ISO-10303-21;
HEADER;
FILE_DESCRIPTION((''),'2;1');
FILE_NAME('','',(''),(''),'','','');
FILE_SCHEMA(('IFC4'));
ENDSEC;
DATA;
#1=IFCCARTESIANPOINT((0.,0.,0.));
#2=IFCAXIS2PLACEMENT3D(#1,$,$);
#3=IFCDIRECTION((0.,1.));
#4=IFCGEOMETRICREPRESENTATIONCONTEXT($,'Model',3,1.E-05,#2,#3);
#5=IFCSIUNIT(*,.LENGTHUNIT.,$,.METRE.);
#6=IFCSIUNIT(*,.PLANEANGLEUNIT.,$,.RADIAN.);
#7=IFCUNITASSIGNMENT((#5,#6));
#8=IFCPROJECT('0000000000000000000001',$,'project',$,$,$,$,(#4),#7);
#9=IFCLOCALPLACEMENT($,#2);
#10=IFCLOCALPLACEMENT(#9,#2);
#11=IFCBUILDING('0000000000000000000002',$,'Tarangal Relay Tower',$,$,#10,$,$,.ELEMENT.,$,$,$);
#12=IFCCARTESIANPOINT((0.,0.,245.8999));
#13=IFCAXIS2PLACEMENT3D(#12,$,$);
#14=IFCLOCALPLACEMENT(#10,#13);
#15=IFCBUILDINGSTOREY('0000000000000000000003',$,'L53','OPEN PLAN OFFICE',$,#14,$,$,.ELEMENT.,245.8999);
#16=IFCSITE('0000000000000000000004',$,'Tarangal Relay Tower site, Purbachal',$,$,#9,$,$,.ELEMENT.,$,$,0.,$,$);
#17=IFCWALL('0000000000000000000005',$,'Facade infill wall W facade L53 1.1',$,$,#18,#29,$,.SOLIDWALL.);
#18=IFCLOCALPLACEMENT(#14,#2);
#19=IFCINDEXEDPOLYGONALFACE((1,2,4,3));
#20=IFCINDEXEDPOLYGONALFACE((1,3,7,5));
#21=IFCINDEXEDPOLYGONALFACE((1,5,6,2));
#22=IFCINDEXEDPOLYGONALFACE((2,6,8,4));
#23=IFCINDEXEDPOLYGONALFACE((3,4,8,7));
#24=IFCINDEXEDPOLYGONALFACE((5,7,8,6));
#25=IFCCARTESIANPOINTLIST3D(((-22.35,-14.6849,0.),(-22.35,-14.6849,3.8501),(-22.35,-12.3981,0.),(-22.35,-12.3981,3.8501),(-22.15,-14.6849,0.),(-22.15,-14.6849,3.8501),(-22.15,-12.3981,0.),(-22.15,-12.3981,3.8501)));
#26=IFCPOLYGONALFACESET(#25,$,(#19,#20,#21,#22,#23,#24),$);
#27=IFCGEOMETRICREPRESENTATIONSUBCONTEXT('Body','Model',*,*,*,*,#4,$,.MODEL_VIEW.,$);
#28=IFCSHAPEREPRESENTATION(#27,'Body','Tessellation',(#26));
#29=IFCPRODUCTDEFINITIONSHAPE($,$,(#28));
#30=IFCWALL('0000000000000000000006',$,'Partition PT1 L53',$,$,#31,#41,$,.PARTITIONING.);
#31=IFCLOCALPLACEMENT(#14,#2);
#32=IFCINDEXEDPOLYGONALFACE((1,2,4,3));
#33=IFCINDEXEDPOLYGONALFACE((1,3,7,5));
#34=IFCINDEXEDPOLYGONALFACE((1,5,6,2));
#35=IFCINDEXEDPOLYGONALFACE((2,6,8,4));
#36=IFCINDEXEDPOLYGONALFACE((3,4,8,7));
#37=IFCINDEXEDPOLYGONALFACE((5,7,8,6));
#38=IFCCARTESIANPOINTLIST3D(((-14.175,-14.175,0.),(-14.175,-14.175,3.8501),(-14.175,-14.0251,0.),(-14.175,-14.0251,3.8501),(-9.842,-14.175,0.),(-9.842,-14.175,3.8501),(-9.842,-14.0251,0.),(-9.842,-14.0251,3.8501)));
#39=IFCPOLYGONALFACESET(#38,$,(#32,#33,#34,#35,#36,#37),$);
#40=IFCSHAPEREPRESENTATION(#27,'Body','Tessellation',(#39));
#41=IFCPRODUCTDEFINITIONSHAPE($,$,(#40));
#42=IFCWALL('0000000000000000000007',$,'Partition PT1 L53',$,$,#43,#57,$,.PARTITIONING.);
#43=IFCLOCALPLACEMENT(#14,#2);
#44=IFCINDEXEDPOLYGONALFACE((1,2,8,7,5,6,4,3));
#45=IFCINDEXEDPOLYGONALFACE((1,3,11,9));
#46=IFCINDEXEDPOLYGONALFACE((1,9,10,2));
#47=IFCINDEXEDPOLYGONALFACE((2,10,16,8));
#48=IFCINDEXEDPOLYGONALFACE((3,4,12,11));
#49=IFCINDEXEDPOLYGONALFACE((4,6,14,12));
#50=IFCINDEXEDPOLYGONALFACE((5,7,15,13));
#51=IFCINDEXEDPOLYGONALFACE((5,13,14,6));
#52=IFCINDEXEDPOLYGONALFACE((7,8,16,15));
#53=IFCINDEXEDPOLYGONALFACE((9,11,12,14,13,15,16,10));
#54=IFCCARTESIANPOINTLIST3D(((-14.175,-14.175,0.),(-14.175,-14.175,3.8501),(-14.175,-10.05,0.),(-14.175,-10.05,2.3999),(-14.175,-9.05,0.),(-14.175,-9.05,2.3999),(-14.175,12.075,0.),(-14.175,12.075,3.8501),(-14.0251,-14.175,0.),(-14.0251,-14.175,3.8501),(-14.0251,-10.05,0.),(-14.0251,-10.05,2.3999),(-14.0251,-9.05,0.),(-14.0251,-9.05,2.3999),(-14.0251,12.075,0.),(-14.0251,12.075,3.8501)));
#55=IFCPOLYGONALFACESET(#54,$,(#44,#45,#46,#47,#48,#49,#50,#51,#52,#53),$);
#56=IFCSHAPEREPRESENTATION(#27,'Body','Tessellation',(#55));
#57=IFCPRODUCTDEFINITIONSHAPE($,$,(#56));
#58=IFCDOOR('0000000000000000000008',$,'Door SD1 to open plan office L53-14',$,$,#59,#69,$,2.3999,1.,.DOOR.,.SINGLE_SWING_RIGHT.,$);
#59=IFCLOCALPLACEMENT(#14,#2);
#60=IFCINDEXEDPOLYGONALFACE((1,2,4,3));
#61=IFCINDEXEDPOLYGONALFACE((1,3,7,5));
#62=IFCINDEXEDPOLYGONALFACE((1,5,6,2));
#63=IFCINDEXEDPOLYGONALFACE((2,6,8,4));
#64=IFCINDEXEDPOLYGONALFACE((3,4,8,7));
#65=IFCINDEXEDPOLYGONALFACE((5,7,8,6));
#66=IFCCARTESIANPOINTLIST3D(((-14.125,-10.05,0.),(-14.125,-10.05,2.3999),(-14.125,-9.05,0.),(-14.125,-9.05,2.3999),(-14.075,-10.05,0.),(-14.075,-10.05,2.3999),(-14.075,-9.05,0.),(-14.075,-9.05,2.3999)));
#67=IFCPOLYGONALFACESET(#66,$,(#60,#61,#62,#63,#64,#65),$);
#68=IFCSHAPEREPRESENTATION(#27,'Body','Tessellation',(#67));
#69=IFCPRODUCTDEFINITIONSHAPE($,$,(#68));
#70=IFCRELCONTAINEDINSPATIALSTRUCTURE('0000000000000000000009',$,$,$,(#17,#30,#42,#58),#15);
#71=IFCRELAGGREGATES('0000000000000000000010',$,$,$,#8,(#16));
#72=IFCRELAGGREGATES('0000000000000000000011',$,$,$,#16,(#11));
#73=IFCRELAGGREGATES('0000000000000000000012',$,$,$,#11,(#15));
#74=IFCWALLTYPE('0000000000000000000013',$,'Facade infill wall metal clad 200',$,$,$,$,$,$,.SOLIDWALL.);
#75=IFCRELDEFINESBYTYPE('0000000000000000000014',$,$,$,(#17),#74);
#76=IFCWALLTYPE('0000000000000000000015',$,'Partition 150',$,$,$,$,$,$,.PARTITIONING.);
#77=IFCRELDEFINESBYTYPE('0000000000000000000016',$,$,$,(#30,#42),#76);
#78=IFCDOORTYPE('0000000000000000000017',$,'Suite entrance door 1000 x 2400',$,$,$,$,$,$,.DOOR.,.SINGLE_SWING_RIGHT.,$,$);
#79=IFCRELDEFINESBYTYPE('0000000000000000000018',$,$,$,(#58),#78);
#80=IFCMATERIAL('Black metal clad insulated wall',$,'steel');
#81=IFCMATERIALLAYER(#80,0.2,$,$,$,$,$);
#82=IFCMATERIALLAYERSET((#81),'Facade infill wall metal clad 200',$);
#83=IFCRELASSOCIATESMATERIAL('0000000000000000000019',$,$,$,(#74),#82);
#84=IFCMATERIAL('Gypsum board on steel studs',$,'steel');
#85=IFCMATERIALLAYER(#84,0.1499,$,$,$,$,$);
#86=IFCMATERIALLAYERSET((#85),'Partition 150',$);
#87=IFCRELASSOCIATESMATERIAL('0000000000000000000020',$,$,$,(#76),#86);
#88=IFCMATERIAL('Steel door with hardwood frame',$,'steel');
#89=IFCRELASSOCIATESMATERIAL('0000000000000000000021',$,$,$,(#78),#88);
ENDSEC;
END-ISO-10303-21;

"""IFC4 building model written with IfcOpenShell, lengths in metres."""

from ifc_helpers import new_model, si_unit, direction, frame, frame_2d, origin, place, context, subcontext, project, spatial, rectangle, extrude, material, layer, layer_set, type_object, element, fill, save


model = new_model("IFC4")

# Units and contexts
model_context = context("Model", 3, precision=1e-05, world=origin(), true_north=direction((0.0, 1.0)))
body_context = subcontext(model_context, "Body", "Model", "MODEL_VIEW")
ifc_project = project(units=[si_unit("LENGTHUNIT", "METRE"), si_unit("PLANEANGLEUNIT", "RADIAN")], contexts=[model_context])

# Site, building, storey
site_placement = place(None, origin())
site = spatial("IfcSite", under=ifc_project, at=site_placement, Name="Tarangal Relay Tower site, Purbachal", CompositionType="ELEMENT", RefElevation=0.0)
building_placement = place(site_placement, origin())
building = spatial("IfcBuilding", under=site, at=building_placement, Name="Tarangal Relay Tower", CompositionType="ELEMENT")
storey_placement = place(building_placement, frame((0.0, 0.0, 245.8999)))
storey = spatial("IfcBuildingStorey", under=building, at=storey_placement, Name="L53", Description="OPEN PLAN OFFICE", CompositionType="ELEMENT", Elevation=245.8999)

# Shared definitions
ifc_material_1 = material(Name="Black metal clad insulated wall", Category="steel")

# Walls
ifc_layer_1 = layer(ifc_material_1, 0.2)
ifc_layer_set_1 = layer_set([ifc_layer_1], Name="Facade infill wall metal clad 200")
wall_type_1 = type_object("IfcWallType", Name="Facade infill wall metal clad 200", PredefinedType="SOLIDWALL", material=ifc_layer_set_1)
for number, where, z_axis, x_axis, name in (
    (1, (-22.25, -14.6851, 0.0), (0.0, 0.0, 1.0), (0.0, 1.0, 0.0), "Facade infill wall W facade L53 1.1"),
):
    element("IfcWall", number, at=place(storey_placement, frame(where, z_axis=z_axis, x_axis=x_axis)), inside=storey, type_object=wall_type_1, Name=name, PredefinedType="SOLIDWALL", context=body_context, shape_type="SweptSolid", body=[
        extrude(rectangle(XDim=2.2869, YDim=0.2, at=frame_2d((1.1436, 0.0))), origin(), (0.0, 0.0, 1.0), 3.8501),
    ])
ifc_material_2 = material(Name="Gypsum board on steel studs", Category="steel")
ifc_layer_2 = layer(ifc_material_2, 0.1499)
ifc_layer_set_2 = layer_set([ifc_layer_2], Name="Partition 150")
wall_type_2 = type_object("IfcWallType", Name="Partition 150", PredefinedType="PARTITIONING", material=ifc_layer_set_2)
wall_1_placement = place(storey_placement, frame((-14.175, -14.1001, 0.0), z_axis=(0.0, 0.0, 1.0), x_axis=(1.0, 0.0, 0.0)))
element("IfcWall", 2, at=wall_1_placement, inside=storey, type_object=wall_type_2, Name="Partition PT1 L53", PredefinedType="PARTITIONING", context=body_context, shape_type="SweptSolid", body=[
    extrude(rectangle(XDim=4.333, YDim=0.1499, at=frame_2d((2.1665, 0.0))), origin(), (0.0, 0.0, 1.0), 3.8501),
])

# Wall, opening, door
wall_2_placement = place(storey_placement, frame((-14.1001, -14.175, 0.0), z_axis=(0.0, 0.0, 1.0), x_axis=(0.0, 1.0, 0.0)))
wall_2 = element("IfcWall", 3, at=wall_2_placement, inside=storey, type_object=wall_type_2, Name="Partition PT1 L53", PredefinedType="PARTITIONING", context=body_context, shape_type="SweptSolid", body=[
    extrude(rectangle(XDim=26.25, YDim=0.1499, at=frame_2d((13.125, 0.0))), origin(), (0.0, 0.0, 1.0), 3.8501),
])
opening_1_placement = place(wall_2_placement, frame((4.125, 0.0, 0.0)))
opening_1 = element("IfcOpeningElement", 4, at=opening_1_placement, cuts=wall_2, PredefinedType="OPENING", context=body_context, shape_type="SweptSolid", body=[
    extrude(rectangle(XDim=1.0, YDim=2.3999, at=frame_2d((0.5, 1.2))), frame((0.0, 0.085, 0.0), z_axis=(0.0, -1.0, 0.0), x_axis=(1.0, 0.0, 0.0)), (0.0, 0.0, 1.0), 0.1699),
])
ifc_material_3 = material(Name="Steel door with hardwood frame", Category="steel")
door_type_1 = type_object("IfcDoorType", Name="Suite entrance door 1000 x 2400", OperationType="SINGLE_SWING_RIGHT", PredefinedType="DOOR", material=ifc_material_3)
door_1_placement = place(opening_1_placement, origin())
door_1 = element("IfcDoor", 5, at=door_1_placement, inside=storey, type_object=door_type_1, Name="Door SD1 to open plan office L53-14", OperationType="SINGLE_SWING_RIGHT", OverallHeight=2.3999, OverallWidth=1.0, PredefinedType="DOOR", context=body_context, shape_type="SweptSolid", body=[
    extrude(rectangle(XDim=1.0, YDim=2.3999, at=frame_2d((0.5, 1.2))), frame((0.0, 0.0249, 0.0), z_axis=(0.0, -1.0, 0.0), x_axis=(1.0, 0.0, 0.0)), (0.0, 0.0, 1.0), 0.05),
])
fill(opening_1, door_1)

save(model, "model.ifc")
